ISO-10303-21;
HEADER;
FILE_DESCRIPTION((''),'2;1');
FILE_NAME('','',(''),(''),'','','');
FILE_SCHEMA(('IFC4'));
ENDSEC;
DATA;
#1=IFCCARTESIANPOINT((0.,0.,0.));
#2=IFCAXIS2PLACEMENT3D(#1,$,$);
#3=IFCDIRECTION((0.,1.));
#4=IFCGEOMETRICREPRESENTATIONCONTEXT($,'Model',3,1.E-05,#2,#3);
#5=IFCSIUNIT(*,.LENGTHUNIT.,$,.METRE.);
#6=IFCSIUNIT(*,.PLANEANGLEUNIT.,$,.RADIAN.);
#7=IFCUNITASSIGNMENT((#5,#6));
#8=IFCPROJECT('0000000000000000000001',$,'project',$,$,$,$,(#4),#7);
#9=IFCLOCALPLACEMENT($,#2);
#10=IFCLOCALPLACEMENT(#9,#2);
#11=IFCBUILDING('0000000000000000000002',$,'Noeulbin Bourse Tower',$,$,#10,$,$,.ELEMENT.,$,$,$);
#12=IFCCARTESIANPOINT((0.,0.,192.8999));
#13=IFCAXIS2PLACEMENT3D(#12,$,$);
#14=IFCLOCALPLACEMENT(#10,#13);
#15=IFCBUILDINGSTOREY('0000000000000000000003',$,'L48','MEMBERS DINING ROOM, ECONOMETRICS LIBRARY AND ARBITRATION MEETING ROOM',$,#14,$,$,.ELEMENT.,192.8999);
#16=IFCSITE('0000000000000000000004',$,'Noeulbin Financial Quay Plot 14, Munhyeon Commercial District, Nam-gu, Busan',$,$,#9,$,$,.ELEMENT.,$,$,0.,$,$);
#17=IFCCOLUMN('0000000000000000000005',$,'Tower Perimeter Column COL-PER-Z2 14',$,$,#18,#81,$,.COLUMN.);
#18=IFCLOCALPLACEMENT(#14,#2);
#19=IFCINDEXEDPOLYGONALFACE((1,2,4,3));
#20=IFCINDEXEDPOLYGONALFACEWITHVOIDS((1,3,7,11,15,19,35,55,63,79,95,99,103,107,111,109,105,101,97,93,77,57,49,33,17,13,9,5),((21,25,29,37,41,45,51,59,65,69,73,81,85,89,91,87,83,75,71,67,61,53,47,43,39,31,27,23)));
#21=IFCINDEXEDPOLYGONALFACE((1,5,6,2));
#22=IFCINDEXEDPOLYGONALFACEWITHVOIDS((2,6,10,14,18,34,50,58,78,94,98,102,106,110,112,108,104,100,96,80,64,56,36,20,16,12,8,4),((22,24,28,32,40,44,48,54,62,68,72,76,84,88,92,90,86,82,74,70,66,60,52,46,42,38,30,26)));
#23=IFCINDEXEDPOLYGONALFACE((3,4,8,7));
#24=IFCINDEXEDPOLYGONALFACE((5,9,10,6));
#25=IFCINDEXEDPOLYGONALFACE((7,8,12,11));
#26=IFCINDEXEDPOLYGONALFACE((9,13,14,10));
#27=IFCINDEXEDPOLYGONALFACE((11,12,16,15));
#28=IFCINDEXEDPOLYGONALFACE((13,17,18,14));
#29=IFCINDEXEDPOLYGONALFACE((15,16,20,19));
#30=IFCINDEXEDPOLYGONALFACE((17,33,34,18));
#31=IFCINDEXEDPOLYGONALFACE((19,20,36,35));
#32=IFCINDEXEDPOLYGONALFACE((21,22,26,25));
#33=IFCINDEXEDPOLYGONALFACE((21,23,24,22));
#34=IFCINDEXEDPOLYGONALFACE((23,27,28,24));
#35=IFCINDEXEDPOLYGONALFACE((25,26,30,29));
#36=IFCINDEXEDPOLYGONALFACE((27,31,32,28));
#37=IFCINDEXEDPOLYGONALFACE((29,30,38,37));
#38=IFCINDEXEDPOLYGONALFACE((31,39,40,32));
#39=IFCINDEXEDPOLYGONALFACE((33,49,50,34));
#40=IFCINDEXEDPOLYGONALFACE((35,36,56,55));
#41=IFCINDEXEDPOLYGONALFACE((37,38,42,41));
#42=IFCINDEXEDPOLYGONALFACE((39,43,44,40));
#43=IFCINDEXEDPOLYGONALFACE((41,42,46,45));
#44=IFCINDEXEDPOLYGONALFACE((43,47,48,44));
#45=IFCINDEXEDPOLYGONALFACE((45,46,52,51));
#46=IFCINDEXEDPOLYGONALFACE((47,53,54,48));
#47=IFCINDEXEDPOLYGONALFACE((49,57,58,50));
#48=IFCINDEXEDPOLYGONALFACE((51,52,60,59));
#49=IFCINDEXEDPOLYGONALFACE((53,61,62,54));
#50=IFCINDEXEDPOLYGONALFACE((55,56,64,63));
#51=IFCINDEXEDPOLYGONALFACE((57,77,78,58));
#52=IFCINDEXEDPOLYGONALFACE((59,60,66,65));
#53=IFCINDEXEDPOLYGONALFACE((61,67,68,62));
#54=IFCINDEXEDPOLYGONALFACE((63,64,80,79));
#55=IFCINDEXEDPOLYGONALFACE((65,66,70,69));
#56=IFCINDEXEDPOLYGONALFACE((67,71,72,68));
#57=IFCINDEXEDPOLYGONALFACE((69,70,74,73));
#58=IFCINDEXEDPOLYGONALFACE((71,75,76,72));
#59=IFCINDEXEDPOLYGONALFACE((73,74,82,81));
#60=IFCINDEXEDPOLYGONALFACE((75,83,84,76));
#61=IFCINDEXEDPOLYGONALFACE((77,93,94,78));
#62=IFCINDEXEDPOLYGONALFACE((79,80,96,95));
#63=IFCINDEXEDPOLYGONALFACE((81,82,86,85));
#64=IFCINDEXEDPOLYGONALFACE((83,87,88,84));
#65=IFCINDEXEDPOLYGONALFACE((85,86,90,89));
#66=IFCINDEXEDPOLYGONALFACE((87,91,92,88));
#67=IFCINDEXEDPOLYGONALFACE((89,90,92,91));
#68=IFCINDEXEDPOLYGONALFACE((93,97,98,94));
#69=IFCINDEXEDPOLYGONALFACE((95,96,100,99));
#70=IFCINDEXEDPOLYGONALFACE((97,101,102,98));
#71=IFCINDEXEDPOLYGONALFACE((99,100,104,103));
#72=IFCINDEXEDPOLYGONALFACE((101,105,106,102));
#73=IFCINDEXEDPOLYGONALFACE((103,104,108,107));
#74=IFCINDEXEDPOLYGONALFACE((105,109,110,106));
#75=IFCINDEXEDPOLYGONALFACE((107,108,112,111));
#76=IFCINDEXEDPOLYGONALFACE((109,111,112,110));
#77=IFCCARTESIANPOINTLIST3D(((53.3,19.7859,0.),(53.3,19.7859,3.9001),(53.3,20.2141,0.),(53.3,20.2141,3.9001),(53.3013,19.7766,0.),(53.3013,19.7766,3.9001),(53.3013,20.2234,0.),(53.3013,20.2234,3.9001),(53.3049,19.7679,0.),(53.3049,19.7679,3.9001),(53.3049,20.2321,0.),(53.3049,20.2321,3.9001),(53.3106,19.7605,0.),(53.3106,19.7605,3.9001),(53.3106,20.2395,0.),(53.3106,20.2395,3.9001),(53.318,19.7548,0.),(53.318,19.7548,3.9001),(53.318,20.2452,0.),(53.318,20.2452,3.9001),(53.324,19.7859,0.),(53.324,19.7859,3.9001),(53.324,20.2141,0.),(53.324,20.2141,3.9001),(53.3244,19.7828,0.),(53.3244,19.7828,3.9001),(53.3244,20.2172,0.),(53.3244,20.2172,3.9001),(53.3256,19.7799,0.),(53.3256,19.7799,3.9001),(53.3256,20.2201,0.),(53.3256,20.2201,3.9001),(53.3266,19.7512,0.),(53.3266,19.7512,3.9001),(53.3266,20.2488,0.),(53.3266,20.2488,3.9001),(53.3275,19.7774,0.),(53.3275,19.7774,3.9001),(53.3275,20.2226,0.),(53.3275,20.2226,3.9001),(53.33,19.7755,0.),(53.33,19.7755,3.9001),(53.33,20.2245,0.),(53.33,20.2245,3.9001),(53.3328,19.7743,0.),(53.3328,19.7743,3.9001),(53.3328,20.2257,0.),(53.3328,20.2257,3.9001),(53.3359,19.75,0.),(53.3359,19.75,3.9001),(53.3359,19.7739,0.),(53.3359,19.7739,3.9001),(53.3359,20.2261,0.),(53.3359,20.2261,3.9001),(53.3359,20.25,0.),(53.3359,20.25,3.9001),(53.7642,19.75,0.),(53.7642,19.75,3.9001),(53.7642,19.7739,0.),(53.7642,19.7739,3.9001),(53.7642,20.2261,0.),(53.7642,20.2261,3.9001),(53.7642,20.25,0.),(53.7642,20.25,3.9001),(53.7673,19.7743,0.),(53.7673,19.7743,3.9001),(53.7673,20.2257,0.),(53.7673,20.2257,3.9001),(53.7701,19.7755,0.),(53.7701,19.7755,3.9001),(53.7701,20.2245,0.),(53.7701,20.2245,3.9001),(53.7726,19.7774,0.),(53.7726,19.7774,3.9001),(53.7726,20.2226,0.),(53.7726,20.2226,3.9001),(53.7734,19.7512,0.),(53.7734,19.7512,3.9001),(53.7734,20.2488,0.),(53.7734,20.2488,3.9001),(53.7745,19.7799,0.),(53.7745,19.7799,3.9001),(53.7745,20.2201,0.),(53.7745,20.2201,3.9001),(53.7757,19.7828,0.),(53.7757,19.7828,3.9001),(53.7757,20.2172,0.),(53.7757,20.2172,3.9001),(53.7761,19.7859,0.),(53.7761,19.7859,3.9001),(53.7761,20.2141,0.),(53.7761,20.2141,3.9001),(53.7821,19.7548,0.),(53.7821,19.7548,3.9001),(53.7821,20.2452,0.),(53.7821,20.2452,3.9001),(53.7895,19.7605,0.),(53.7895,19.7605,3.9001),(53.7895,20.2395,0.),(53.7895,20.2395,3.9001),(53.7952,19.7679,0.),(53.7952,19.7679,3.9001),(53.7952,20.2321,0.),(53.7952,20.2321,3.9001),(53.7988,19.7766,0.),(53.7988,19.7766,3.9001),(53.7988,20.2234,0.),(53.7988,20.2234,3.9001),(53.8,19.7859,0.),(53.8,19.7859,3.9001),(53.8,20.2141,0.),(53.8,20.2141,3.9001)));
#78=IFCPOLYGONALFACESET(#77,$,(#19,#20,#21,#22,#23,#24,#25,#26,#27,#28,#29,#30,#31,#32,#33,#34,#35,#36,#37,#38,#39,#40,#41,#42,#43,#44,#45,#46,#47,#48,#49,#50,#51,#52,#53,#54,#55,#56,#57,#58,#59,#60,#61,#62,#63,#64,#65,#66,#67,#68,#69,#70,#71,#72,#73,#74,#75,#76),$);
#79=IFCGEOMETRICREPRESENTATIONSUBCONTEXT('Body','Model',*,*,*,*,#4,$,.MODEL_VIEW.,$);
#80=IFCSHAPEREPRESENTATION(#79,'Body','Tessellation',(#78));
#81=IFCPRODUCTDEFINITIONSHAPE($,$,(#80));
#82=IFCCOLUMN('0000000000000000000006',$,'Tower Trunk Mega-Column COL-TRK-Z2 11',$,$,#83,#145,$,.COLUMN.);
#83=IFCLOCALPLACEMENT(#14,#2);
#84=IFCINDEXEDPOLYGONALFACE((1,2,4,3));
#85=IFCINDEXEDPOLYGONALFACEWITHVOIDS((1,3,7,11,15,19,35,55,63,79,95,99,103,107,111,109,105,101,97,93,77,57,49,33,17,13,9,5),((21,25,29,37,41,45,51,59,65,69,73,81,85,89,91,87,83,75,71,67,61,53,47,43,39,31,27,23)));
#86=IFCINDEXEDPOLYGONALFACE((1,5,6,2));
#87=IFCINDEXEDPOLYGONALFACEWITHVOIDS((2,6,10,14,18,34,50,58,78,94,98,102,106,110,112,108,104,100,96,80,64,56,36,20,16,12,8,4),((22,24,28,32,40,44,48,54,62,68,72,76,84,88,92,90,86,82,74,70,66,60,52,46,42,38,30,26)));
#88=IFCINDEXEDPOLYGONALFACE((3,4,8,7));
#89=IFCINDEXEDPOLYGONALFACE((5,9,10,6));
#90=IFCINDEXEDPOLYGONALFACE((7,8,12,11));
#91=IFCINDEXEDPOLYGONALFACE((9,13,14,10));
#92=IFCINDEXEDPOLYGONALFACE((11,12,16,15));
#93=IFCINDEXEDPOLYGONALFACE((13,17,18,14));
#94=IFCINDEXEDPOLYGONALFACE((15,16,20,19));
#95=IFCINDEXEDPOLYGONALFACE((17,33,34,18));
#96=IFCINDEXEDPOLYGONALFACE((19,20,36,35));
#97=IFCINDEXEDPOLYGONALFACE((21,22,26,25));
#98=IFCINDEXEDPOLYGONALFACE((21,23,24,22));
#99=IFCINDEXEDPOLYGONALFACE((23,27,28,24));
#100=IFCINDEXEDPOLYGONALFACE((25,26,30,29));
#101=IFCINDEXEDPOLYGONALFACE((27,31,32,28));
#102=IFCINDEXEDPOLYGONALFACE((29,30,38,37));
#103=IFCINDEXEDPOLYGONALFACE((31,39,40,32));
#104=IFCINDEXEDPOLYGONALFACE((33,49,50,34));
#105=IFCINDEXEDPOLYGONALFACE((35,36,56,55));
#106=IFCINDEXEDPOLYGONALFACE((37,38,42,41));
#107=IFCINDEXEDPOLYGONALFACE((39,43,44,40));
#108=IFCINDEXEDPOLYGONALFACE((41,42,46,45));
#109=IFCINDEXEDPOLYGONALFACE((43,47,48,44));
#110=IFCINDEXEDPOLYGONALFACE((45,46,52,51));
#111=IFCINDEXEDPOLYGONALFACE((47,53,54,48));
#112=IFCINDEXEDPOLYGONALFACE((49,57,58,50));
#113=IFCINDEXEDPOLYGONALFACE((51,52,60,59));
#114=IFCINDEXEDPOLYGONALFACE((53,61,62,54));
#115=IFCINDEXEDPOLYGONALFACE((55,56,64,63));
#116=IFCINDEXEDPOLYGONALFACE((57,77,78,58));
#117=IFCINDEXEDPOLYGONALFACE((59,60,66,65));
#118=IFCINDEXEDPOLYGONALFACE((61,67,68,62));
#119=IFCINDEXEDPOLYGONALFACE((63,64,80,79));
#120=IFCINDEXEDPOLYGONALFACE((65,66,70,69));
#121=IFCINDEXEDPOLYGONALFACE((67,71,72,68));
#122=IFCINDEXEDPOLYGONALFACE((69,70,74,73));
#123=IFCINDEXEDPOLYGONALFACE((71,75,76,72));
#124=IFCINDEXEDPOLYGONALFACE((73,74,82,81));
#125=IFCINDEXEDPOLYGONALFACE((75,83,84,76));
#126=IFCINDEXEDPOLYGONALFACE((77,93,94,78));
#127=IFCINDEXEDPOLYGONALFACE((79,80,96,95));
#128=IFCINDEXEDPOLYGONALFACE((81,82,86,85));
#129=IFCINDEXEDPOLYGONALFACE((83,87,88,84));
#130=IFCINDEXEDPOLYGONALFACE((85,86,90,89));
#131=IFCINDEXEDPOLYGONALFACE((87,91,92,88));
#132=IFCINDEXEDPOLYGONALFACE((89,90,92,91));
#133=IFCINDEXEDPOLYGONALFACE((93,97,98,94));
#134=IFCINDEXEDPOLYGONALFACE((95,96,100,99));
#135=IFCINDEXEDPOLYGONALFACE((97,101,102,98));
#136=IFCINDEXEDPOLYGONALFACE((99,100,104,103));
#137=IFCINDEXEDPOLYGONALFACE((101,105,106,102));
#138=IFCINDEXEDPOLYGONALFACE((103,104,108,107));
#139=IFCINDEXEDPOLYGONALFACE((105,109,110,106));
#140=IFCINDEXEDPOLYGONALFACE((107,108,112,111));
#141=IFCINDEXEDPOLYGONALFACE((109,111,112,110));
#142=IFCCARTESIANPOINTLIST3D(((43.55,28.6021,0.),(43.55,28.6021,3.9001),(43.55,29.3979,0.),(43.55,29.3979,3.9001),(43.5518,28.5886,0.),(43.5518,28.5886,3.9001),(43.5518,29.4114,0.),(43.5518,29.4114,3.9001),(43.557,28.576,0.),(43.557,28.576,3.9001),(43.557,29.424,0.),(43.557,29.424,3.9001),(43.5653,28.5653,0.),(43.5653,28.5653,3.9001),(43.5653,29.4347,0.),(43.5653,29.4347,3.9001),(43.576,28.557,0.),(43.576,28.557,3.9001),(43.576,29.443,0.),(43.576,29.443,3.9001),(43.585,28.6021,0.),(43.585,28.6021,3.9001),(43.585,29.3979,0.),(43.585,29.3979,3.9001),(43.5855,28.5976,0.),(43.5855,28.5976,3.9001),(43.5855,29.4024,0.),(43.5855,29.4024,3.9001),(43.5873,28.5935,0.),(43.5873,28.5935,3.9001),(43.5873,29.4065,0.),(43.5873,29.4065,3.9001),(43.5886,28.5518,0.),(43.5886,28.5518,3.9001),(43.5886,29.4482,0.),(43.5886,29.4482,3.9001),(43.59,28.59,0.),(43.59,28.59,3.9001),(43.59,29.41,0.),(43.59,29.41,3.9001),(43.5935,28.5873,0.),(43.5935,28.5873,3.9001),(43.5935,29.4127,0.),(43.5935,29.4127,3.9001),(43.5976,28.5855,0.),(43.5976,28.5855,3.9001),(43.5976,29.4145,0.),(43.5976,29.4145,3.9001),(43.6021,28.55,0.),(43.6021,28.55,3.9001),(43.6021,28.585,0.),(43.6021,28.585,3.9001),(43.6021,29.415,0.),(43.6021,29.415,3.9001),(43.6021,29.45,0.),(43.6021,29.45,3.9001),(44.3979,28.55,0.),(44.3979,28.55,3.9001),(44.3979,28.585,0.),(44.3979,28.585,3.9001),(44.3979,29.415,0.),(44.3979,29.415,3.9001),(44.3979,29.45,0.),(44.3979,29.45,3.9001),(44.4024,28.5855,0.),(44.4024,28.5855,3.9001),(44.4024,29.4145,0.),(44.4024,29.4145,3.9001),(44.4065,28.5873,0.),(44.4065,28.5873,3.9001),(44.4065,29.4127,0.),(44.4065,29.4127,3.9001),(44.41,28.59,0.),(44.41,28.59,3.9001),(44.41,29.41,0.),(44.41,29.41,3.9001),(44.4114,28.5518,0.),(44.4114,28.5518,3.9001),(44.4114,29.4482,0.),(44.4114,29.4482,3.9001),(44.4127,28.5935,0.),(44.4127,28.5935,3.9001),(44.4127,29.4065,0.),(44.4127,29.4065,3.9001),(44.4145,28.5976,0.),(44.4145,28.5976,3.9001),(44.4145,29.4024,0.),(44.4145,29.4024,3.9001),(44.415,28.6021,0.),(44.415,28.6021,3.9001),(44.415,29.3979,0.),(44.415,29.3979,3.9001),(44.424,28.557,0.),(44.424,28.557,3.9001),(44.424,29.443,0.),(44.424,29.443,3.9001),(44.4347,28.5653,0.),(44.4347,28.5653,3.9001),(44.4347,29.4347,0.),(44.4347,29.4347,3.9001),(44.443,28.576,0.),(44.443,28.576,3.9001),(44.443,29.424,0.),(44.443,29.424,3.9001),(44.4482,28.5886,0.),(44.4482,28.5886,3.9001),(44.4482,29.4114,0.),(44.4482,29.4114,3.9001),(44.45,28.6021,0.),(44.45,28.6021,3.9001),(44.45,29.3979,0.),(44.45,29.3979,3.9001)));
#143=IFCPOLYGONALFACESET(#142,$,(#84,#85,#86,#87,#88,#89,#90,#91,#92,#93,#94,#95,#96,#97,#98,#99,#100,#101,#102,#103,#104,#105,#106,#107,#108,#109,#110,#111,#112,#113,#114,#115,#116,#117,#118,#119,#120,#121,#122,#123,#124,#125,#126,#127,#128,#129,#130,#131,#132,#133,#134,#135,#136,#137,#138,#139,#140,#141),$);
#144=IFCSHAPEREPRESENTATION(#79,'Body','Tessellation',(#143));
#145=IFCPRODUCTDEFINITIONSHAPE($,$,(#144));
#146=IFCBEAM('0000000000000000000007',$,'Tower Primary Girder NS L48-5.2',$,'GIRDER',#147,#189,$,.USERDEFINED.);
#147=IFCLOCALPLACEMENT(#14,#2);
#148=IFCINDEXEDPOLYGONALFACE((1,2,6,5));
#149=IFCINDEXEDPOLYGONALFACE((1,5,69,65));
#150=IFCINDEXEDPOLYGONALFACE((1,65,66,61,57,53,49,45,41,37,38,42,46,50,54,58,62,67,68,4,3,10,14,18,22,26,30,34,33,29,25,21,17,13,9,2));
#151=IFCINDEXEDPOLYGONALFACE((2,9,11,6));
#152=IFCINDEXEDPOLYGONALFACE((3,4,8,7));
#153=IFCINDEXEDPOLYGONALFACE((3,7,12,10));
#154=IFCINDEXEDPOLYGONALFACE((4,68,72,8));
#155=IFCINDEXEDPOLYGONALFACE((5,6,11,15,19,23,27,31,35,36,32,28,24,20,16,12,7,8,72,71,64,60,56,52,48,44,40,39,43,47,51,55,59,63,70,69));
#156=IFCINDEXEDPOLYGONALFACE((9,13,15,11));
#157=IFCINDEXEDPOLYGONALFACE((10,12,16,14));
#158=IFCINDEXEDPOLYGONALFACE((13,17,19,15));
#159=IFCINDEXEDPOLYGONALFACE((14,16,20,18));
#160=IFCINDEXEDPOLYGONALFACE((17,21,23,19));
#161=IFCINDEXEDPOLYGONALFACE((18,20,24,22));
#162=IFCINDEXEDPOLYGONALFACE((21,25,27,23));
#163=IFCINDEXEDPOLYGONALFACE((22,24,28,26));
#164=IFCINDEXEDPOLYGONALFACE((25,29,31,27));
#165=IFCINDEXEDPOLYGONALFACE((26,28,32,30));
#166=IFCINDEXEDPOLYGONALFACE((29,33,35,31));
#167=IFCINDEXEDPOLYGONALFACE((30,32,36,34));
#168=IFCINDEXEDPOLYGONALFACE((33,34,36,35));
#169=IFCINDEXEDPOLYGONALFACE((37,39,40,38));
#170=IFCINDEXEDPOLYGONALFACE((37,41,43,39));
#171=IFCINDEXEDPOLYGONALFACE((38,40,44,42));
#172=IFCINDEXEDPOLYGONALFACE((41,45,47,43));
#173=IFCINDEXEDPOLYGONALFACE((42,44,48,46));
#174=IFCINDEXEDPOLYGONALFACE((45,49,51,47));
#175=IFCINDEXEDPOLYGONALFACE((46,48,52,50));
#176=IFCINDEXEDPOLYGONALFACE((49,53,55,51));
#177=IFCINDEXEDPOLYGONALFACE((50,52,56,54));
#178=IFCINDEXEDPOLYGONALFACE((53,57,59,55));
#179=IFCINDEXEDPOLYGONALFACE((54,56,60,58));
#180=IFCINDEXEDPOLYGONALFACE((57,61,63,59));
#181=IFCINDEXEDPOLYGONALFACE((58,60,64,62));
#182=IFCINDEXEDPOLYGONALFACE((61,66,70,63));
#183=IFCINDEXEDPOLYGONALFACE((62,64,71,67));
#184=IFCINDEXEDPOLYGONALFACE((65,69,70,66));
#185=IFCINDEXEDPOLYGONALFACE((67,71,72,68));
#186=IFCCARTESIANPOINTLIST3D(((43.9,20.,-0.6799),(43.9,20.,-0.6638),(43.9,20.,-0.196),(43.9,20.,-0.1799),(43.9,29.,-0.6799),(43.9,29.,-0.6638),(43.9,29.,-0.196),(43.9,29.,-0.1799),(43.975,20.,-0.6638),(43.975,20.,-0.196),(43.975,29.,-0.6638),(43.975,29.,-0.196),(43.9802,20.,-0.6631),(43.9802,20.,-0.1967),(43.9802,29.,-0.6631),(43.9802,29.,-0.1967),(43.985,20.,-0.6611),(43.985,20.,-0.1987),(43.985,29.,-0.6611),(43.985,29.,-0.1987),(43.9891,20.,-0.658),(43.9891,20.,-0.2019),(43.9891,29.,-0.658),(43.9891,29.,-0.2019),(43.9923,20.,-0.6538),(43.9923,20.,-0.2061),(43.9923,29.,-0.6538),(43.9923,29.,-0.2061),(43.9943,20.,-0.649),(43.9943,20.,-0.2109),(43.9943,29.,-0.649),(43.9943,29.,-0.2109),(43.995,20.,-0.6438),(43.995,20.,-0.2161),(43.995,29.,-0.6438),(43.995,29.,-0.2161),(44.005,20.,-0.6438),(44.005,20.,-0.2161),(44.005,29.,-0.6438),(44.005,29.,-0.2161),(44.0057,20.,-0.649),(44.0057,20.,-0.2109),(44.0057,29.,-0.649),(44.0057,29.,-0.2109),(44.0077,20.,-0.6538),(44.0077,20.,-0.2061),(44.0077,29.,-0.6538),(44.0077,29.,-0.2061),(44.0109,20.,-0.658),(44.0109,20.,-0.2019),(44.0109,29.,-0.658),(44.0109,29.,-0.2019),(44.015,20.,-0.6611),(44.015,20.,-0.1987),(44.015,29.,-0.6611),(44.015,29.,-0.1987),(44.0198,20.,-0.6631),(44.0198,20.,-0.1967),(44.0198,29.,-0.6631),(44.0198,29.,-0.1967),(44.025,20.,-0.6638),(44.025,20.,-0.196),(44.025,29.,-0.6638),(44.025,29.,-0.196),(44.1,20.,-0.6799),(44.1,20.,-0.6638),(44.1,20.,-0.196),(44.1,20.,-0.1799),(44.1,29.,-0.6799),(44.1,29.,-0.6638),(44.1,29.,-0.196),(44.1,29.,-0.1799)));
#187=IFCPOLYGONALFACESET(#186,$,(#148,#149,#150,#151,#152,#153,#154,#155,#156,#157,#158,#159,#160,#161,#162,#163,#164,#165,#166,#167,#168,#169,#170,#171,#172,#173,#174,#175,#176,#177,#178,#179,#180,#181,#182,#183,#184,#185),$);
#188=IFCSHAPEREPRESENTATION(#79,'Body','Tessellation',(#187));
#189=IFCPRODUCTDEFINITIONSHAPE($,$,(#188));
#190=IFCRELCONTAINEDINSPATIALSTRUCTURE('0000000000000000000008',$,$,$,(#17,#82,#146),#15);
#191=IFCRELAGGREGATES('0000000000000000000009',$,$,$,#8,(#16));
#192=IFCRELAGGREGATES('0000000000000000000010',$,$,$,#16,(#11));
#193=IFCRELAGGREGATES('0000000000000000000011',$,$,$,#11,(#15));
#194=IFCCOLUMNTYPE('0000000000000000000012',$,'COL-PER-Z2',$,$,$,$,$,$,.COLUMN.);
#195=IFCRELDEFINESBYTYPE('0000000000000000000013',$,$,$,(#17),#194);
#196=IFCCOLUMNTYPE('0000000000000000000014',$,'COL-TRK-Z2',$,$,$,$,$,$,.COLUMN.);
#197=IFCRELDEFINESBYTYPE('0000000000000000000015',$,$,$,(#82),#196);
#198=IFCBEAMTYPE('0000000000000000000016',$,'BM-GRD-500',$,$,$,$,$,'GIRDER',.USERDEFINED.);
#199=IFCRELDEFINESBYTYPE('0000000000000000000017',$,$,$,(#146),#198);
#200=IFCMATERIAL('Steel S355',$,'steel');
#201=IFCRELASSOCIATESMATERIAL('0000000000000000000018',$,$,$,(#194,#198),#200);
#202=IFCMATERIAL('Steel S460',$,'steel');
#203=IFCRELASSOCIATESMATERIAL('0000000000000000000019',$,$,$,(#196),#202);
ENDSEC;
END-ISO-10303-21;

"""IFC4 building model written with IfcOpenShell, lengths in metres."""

from ifc_helpers import new_model, si_unit, direction, frame, origin, origin_2d, place, context, subcontext, project, spatial, hollow_rectangle, i_section, extrude, material, material_profile, profile_set, type_object, element, save


model = new_model("IFC4")

# Units and contexts
model_context = context("Model", 3, precision=1e-05, world=origin(), true_north=direction((0.0, 1.0)))
body_context = subcontext(model_context, "Body", "Model", "MODEL_VIEW")
ifc_project = project(units=[si_unit("LENGTHUNIT", "METRE"), si_unit("PLANEANGLEUNIT", "RADIAN")], contexts=[model_context])

# Site, building, storey
site_placement = place(None, origin())
site = spatial("IfcSite", under=ifc_project, at=site_placement, Name="Noeulbin Financial Quay Plot 14, Munhyeon Commercial District, Nam-gu, Busan", CompositionType="ELEMENT", RefElevation=0.0)
building_placement = place(site_placement, origin())
building = spatial("IfcBuilding", under=site, at=building_placement, Name="Noeulbin Bourse Tower", CompositionType="ELEMENT")
storey_placement = place(building_placement, frame((0.0, 0.0, 192.8999)))
storey = spatial("IfcBuildingStorey", under=building, at=storey_placement, Name="L48", Description="MEMBERS DINING ROOM, ECONOMETRICS LIBRARY AND ARBITRATION MEETING ROOM", CompositionType="ELEMENT", Elevation=192.8999)

# Columns
ifc_material_1 = material(Name="Steel S355", Category="steel")
ifc_material_profile_1 = material_profile(ifc_material_1, hollow_rectangle(XDim=0.5, YDim=0.5, WallThickness=0.0239, InnerFilletRadius=0.012, OuterFilletRadius=0.0359, at=origin_2d()), Name="BOX-500x500x24", Category="LoadBearing")
ifc_profile_set_1 = profile_set([ifc_material_profile_1], Name="Steel S355")
column_type_1 = type_object("IfcColumnType", Name="COL-PER-Z2", PredefinedType="COLUMN", material=ifc_profile_set_1)
column_1_placement = place(storey_placement, frame((53.55, 20.0, 0.0), z_axis=(0.0, 0.0, 1.0), x_axis=(1.0, 0.0, 0.0)))
element("IfcColumn", 1, at=column_1_placement, inside=storey, type_object=column_type_1, Name="Tower Perimeter Column COL-PER-Z2 14", PredefinedType="COLUMN", context=body_context, shape_type="SweptSolid", body=[
    extrude(hollow_rectangle(XDim=0.5, YDim=0.5, WallThickness=0.0239, InnerFilletRadius=0.012, OuterFilletRadius=0.0359, at=origin_2d()), origin(), (0.0, 0.0, 1.0), 3.9001),
])
ifc_material_2 = material(Name="Steel S460", Category="steel")
ifc_material_profile_2 = material_profile(ifc_material_2, hollow_rectangle(XDim=0.8999, YDim=0.8999, WallThickness=0.0349, InnerFilletRadius=0.0171, OuterFilletRadius=0.052, at=origin_2d()), Name="BOX-900x900x35", Category="LoadBearing")
ifc_profile_set_2 = profile_set([ifc_material_profile_2], Name="Steel S460")
column_type_2 = type_object("IfcColumnType", Name="COL-TRK-Z2", PredefinedType="COLUMN", material=ifc_profile_set_2)
column_2_placement = place(storey_placement, frame((44.0, 29.0, 0.0), z_axis=(0.0, 0.0, 1.0), x_axis=(1.0, 0.0, 0.0)))
element("IfcColumn", 2, at=column_2_placement, inside=storey, type_object=column_type_2, Name="Tower Trunk Mega-Column COL-TRK-Z2 11", PredefinedType="COLUMN", context=body_context, shape_type="SweptSolid", body=[
    extrude(hollow_rectangle(XDim=0.8999, YDim=0.8999, WallThickness=0.0349, InnerFilletRadius=0.0171, OuterFilletRadius=0.052, at=origin_2d()), origin(), (0.0, 0.0, 1.0), 3.9001),
])

# Beam
ifc_material_profile_3 = material_profile(ifc_material_1, i_section(OverallWidth=0.2, OverallDepth=0.5, WebThickness=0.01, FlangeThickness=0.0161, FilletRadius=0.02, at=origin_2d()), Name="H-500x200x10x16", Category="LoadBearing")
ifc_profile_set_3 = profile_set([ifc_material_profile_3], Name="Steel S355")
beam_type_1 = type_object("IfcBeamType", Name="BM-GRD-500", ElementType="GIRDER", PredefinedType="USERDEFINED", material=ifc_profile_set_3)
beam_1_placement = place(storey_placement, frame((44.0, 20.0, -0.4299), z_axis=(0.0, 1.0, 0.0), x_axis=(-1.0, 0.0, 0.0)))
element("IfcBeam", 3, at=beam_1_placement, inside=storey, type_object=beam_type_1, Name="Tower Primary Girder NS L48-5.2", ObjectType="GIRDER", PredefinedType="USERDEFINED", context=body_context, shape_type="SweptSolid", body=[
    extrude(i_section(OverallWidth=0.2, OverallDepth=0.5, WebThickness=0.01, FlangeThickness=0.0161, FilletRadius=0.02, at=origin_2d()), origin(), (0.0, 0.0, 1.0), 9.0),
])

save(model, "model.ifc")
